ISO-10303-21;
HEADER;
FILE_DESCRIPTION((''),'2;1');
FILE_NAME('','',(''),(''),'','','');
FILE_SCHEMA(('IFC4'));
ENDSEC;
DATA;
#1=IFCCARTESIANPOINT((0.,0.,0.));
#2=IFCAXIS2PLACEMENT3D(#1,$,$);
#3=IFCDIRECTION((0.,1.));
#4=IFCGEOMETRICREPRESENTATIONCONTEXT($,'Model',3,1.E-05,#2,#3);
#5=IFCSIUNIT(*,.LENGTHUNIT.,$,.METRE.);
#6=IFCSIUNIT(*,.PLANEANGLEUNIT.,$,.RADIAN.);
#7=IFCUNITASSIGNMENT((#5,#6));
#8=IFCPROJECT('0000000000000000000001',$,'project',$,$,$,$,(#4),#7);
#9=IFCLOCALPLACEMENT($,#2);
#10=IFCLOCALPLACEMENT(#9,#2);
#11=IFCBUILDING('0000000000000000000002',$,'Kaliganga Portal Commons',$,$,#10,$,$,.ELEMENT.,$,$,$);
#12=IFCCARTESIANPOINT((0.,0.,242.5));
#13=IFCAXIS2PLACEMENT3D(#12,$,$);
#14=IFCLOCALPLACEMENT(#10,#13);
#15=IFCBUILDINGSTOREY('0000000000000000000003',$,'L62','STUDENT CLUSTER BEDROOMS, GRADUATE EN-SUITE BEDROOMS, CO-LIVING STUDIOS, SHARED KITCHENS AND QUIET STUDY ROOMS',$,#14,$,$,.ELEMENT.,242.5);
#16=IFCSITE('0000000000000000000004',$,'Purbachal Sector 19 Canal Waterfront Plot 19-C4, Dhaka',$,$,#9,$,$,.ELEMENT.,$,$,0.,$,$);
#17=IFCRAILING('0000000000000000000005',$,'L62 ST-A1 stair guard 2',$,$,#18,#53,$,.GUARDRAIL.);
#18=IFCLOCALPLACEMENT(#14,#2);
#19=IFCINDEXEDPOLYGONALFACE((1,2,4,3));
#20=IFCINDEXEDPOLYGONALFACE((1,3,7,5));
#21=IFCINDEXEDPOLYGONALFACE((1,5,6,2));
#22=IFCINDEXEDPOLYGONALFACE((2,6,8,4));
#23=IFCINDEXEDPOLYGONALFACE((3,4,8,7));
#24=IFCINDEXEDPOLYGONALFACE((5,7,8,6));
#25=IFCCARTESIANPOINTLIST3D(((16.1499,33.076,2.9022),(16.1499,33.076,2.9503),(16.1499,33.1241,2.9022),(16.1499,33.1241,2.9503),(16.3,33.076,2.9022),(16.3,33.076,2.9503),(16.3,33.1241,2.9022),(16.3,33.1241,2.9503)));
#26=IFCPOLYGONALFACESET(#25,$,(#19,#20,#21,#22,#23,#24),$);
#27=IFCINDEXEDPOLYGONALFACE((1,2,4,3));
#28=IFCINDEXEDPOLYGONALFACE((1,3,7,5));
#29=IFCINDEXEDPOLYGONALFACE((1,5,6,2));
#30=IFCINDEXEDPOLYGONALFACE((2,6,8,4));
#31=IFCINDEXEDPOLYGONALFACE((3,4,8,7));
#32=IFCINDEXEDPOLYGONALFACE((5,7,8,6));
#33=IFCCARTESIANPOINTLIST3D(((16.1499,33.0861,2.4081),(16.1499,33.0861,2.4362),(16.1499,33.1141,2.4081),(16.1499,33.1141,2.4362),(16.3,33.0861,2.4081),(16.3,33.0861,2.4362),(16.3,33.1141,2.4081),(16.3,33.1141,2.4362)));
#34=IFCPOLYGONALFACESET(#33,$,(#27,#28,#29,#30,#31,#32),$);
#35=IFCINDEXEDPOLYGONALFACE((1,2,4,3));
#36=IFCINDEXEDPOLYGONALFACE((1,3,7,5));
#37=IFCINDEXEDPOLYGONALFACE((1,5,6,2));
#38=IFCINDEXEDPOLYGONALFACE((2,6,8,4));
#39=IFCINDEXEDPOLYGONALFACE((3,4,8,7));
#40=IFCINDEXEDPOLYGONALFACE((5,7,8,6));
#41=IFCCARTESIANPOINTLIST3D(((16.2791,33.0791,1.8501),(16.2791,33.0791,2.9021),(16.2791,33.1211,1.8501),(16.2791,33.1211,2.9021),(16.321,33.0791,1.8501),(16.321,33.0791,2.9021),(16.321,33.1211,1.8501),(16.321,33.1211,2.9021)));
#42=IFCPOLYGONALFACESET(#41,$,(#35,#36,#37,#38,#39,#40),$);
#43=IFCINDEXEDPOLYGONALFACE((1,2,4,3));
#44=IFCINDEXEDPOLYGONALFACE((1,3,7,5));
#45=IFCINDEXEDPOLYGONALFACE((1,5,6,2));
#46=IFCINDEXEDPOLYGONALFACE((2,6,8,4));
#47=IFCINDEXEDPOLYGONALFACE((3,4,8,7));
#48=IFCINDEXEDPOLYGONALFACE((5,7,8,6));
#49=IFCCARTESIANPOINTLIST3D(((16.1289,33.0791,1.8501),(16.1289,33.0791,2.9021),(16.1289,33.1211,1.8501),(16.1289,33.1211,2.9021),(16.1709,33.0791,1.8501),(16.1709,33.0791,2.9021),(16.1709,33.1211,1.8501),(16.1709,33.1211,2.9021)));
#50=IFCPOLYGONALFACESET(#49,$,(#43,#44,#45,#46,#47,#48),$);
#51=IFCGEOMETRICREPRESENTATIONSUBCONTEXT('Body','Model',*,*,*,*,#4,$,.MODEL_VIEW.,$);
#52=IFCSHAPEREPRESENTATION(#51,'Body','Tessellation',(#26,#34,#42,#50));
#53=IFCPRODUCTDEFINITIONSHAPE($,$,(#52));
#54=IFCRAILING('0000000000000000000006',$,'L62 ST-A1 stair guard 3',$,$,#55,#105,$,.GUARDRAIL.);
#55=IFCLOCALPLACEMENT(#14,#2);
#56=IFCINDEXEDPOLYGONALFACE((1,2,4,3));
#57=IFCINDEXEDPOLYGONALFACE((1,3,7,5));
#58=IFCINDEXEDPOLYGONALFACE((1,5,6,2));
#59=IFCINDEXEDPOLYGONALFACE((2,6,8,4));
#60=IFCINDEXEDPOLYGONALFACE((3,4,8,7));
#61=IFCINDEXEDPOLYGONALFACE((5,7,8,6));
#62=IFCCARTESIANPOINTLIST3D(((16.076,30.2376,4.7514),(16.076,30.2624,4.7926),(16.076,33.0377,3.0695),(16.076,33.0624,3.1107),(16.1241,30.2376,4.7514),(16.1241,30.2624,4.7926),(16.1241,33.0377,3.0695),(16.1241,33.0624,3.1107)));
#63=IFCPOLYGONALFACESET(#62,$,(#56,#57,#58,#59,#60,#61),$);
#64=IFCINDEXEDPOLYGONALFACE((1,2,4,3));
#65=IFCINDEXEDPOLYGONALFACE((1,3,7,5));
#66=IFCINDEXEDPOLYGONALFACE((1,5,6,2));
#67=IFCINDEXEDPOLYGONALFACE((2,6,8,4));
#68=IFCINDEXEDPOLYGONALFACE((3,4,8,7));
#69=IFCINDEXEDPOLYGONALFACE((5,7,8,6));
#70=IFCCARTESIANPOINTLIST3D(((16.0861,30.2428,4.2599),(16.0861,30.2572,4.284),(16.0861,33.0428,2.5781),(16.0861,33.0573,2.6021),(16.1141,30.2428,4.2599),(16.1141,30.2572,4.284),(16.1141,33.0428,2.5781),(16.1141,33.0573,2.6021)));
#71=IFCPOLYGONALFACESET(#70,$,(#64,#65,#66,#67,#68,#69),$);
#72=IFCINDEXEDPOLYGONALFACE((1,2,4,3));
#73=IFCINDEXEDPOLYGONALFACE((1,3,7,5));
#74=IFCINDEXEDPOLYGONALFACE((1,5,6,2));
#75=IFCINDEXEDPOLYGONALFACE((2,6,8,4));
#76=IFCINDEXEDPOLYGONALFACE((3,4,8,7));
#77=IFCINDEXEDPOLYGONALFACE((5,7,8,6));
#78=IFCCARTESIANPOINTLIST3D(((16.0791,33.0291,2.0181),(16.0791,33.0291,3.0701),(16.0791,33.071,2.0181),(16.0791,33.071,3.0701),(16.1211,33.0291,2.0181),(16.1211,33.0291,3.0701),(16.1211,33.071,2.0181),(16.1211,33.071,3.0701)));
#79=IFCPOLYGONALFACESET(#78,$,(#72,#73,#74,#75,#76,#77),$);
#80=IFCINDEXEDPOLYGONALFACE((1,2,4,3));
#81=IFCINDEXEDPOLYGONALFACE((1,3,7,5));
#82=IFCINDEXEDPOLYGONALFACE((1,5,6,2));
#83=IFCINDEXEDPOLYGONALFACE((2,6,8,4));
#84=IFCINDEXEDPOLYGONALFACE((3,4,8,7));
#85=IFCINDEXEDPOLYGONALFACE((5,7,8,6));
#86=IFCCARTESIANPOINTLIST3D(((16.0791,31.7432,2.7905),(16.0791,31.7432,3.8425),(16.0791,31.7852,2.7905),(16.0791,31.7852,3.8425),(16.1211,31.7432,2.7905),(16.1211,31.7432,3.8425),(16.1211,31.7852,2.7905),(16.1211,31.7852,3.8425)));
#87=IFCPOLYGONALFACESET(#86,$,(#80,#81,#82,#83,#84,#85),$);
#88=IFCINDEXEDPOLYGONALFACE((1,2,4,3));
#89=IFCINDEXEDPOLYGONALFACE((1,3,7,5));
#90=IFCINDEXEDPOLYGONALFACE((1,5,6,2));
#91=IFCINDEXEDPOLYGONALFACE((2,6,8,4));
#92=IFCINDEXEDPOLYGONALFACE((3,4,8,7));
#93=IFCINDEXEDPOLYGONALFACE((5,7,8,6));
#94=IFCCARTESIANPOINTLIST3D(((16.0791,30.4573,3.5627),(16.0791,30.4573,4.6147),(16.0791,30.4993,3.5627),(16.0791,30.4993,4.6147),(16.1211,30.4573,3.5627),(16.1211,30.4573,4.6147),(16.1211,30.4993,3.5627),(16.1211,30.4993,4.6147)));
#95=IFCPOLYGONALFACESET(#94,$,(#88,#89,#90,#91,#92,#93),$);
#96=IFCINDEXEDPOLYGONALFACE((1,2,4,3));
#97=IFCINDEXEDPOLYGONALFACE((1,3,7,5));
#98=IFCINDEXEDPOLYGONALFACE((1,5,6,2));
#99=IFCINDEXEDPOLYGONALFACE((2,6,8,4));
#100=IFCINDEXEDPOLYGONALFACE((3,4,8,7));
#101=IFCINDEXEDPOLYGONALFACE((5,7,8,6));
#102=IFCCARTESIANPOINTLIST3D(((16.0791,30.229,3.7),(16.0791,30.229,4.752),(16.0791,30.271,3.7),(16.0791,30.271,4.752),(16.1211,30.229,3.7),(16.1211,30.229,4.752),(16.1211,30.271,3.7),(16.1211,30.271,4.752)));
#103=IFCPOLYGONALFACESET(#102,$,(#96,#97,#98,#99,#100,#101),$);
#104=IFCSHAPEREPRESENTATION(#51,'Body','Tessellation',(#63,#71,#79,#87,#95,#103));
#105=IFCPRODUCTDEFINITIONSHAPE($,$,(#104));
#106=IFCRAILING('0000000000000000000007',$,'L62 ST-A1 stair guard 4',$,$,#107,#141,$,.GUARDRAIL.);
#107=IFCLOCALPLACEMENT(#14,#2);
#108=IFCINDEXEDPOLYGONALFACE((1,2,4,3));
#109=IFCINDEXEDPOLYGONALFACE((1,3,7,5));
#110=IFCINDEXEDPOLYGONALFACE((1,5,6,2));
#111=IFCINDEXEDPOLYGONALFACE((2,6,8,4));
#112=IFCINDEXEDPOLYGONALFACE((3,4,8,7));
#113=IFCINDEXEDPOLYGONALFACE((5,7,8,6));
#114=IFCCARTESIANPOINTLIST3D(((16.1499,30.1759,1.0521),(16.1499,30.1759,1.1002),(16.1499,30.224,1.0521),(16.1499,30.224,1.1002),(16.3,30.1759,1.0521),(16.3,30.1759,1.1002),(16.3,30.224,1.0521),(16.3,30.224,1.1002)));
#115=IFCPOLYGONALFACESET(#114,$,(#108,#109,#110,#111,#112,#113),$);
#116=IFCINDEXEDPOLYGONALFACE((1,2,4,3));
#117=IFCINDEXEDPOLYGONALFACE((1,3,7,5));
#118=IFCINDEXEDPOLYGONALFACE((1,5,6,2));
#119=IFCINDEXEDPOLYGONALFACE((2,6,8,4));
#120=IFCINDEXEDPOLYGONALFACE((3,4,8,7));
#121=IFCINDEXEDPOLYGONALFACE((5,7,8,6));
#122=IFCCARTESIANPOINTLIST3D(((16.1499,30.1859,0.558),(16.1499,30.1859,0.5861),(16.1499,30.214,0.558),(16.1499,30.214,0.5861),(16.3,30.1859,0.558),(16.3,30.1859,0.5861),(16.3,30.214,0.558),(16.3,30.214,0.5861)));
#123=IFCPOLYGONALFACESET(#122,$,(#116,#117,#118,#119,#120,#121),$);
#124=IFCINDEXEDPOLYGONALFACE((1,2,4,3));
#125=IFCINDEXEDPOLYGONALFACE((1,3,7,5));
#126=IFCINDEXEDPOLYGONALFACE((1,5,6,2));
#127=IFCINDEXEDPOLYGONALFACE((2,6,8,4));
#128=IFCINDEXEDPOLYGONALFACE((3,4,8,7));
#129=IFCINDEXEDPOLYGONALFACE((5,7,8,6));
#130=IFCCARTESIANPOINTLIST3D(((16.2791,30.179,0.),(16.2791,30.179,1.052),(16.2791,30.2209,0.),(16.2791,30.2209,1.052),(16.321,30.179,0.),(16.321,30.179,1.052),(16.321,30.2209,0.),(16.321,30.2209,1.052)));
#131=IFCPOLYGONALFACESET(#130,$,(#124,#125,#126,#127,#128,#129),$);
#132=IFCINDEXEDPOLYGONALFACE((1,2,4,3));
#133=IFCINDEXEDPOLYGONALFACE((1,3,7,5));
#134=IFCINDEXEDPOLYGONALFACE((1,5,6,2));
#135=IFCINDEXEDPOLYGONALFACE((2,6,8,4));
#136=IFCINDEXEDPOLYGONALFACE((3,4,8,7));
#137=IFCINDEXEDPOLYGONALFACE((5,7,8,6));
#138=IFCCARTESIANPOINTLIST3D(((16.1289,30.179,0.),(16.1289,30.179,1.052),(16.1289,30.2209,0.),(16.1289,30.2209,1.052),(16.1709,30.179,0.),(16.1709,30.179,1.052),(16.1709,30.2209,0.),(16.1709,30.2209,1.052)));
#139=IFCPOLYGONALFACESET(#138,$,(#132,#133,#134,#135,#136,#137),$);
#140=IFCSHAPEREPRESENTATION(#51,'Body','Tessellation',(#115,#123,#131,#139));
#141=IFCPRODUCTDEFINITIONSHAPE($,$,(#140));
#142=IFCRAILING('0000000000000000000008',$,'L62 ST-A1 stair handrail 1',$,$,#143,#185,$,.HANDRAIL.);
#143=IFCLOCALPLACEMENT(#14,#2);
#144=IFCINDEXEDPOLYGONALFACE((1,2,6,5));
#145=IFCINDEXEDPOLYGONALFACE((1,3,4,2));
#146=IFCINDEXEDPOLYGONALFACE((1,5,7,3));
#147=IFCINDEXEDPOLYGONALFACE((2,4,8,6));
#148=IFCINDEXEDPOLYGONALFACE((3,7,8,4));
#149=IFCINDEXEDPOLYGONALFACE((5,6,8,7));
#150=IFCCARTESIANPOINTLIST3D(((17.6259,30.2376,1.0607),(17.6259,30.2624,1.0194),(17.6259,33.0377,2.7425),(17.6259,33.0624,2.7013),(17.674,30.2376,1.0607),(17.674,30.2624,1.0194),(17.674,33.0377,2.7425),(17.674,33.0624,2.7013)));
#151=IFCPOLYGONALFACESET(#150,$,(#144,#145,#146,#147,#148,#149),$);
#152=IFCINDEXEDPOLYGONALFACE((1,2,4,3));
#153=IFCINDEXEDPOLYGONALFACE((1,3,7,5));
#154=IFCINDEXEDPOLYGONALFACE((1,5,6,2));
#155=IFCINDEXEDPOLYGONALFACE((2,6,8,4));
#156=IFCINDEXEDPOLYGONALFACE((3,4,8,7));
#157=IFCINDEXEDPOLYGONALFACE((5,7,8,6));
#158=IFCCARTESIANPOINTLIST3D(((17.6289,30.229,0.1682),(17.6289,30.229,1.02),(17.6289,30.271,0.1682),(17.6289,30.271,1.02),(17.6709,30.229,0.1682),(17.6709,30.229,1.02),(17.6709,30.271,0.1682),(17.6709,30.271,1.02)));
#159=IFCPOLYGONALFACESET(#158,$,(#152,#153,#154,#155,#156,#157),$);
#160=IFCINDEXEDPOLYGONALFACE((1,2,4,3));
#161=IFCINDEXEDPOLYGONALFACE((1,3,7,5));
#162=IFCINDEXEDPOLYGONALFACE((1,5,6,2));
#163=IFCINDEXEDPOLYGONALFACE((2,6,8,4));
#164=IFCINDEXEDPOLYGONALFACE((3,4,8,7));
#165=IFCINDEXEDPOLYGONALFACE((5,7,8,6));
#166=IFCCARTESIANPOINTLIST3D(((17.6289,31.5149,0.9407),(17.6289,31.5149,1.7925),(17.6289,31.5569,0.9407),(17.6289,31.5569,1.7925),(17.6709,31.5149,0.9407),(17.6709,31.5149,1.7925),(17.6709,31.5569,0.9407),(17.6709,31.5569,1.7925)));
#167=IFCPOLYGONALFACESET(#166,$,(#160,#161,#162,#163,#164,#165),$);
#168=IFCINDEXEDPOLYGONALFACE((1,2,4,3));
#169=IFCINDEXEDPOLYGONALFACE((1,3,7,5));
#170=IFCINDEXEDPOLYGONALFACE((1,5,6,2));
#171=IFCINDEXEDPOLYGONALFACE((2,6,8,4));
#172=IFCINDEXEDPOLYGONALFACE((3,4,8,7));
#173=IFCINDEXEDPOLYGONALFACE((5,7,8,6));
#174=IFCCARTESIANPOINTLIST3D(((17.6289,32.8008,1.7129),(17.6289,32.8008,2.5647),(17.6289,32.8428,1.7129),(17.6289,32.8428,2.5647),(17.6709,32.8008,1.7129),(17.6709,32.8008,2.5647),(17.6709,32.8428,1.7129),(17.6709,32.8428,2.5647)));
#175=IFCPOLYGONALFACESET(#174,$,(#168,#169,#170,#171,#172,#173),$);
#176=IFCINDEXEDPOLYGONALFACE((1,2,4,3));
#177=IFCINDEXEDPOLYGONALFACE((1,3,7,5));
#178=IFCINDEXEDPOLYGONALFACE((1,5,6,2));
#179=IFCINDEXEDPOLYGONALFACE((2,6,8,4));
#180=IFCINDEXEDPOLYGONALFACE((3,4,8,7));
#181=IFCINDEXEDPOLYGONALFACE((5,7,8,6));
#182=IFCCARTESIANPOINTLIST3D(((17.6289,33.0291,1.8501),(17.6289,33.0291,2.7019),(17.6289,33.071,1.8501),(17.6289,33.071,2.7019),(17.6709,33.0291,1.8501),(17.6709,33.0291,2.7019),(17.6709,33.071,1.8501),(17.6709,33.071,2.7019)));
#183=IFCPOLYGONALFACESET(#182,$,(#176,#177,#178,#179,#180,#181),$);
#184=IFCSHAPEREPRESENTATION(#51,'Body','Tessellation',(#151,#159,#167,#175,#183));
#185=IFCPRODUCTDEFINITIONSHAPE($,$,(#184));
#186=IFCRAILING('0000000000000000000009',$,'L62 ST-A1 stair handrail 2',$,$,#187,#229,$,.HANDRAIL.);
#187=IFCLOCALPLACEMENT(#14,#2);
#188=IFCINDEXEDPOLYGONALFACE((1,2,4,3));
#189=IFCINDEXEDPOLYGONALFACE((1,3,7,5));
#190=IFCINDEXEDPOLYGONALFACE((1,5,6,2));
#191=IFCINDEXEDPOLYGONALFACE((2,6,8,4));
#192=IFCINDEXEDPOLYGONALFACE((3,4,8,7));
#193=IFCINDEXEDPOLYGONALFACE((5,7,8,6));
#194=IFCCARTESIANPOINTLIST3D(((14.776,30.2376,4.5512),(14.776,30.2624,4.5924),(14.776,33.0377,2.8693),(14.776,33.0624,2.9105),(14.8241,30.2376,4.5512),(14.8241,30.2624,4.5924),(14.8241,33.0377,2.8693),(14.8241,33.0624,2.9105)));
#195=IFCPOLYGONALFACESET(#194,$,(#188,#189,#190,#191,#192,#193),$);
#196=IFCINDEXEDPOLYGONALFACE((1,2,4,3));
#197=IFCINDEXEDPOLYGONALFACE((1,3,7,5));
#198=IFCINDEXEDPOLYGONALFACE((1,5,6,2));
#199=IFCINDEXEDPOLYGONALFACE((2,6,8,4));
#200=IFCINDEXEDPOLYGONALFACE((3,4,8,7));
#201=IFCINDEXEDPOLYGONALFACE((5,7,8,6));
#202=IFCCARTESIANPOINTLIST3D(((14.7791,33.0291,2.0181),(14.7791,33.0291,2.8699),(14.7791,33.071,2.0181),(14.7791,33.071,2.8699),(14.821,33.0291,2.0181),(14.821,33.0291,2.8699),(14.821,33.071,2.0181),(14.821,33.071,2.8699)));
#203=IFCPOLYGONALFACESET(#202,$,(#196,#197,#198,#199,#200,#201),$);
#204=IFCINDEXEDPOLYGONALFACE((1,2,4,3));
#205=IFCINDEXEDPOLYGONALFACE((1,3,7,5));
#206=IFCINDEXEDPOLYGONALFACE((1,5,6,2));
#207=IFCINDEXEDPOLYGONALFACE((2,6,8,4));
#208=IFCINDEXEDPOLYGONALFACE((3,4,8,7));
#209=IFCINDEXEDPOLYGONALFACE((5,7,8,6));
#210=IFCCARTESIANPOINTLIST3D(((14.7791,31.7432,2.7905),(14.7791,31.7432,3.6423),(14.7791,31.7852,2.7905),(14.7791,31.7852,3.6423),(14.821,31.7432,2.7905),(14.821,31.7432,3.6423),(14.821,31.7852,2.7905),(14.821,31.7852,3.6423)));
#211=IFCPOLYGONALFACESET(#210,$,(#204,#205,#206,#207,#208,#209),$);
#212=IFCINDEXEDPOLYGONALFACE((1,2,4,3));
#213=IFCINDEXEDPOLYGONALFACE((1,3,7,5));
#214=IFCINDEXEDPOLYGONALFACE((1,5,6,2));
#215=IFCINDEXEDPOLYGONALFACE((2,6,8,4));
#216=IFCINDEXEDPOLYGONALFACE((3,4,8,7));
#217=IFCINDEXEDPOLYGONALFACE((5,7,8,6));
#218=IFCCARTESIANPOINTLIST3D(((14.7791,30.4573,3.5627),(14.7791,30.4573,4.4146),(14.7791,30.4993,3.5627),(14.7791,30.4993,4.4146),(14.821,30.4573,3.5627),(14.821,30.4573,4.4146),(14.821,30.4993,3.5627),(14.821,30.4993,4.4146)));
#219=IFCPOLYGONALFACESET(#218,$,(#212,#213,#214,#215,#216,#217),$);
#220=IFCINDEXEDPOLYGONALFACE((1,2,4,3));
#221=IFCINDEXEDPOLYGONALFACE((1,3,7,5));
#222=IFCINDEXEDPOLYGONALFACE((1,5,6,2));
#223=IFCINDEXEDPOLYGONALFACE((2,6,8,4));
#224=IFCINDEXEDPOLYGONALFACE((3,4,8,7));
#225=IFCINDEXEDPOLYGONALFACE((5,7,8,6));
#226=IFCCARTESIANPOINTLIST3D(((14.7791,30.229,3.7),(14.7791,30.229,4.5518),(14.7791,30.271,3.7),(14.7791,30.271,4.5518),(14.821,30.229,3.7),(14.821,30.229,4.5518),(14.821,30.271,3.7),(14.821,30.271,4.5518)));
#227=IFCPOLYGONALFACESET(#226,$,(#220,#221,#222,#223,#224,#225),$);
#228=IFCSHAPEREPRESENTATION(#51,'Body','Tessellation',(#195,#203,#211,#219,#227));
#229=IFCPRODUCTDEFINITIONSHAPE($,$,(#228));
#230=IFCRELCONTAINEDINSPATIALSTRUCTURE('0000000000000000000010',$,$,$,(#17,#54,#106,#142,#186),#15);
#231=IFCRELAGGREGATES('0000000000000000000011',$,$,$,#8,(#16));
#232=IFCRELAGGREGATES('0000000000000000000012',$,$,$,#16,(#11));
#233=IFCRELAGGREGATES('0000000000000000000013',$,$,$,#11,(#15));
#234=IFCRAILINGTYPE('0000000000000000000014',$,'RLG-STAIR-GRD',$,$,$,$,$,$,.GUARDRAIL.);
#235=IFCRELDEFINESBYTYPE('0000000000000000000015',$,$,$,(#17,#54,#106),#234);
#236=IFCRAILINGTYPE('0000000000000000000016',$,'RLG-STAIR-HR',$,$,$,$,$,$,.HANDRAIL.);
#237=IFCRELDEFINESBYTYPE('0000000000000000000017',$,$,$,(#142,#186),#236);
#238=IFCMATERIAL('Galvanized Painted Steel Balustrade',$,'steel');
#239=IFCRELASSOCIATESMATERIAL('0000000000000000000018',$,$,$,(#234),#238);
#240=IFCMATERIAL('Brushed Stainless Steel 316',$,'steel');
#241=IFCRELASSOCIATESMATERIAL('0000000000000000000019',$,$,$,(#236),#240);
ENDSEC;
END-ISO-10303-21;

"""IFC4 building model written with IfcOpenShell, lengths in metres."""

from ifc_helpers import new_model, si_unit, direction, frame, origin, origin_2d, place, context, subcontext, project, spatial, rectangle, extrude, material, type_object, element, save


model = new_model("IFC4")

# Units and contexts
model_context = context("Model", 3, precision=1e-05, world=origin(), true_north=direction((0.0, 1.0)))
body_context = subcontext(model_context, "Body", "Model", "MODEL_VIEW")
ifc_project = project(units=[si_unit("LENGTHUNIT", "METRE"), si_unit("PLANEANGLEUNIT", "RADIAN")], contexts=[model_context])

# Site, building, storey
site_placement = place(None, origin())
site = spatial("IfcSite", under=ifc_project, at=site_placement, Name="Purbachal Sector 19 Canal Waterfront Plot 19-C4, Dhaka", CompositionType="ELEMENT", RefElevation=0.0)
building_placement = place(site_placement, origin())
building = spatial("IfcBuilding", under=site, at=building_placement, Name="Kaliganga Portal Commons", CompositionType="ELEMENT")
storey_placement = place(building_placement, frame((0.0, 0.0, 242.5)))
storey = spatial("IfcBuildingStorey", under=building, at=storey_placement, Name="L62", Description="STUDENT CLUSTER BEDROOMS, GRADUATE EN-SUITE BEDROOMS, CO-LIVING STUDIOS, SHARED KITCHENS AND QUIET STUDY ROOMS", CompositionType="ELEMENT", Elevation=242.5)

# Railings
ifc_material_1 = material(Name="Galvanized Painted Steel Balustrade", Category="steel")
railing_type_1 = type_object("IfcRailingType", Name="RLG-STAIR-GRD", PredefinedType="GUARDRAIL", material=ifc_material_1)
railing_1_placement = place(storey_placement, frame((16.3, 33.1001, 1.8501)))
element("IfcRailing", 1, at=railing_1_placement, inside=storey, type_object=railing_type_1, Name="L62 ST-A1 stair guard 2", PredefinedType="GUARDRAIL", context=body_context, shape_type="SweptSolid", body=[
    extrude(rectangle(XDim=0.0481, YDim=0.0481, at=origin_2d()), frame((0.0, 0.0, 1.0762), z_axis=(-1.0, 0.0, 0.0), x_axis=(0.0, -1.0, 0.0)), (0.0, 0.0, 1.0), 0.1501),
    extrude(rectangle(XDim=0.0281, YDim=0.0281, at=origin_2d()), frame((0.0, 0.0, 0.572), z_axis=(-1.0, 0.0, 0.0), x_axis=(0.0, -1.0, 0.0)), (0.0, 0.0, 1.0), 0.1501),
    extrude(rectangle(XDim=0.042, YDim=0.042, at=origin_2d()), origin(), (0.0, 0.0, 1.0), 1.052),
    extrude(rectangle(XDim=0.042, YDim=0.042, at=origin_2d()), frame((-0.1501, 0.0, 0.0)), (0.0, 0.0, 1.0), 1.052),
])
railing_2_placement = place(storey_placement, frame((16.1001, 33.05, 2.0181)))
element("IfcRailing", 2, at=railing_2_placement, inside=storey, type_object=railing_type_1, Name="L62 ST-A1 stair guard 3", PredefinedType="GUARDRAIL", context=body_context, shape_type="SweptSolid", body=[
    extrude(rectangle(XDim=0.0481, YDim=0.0481, at=origin_2d()), frame((0.0, 0.0, 1.072), z_axis=(0.0, -0.857242, 0.514913), x_axis=(1.0, 0.0, 0.0)), (0.0, 0.0, 1.0), 3.2664),
    extrude(rectangle(XDim=0.0281, YDim=0.0281, at=origin_2d()), frame((0.0, 0.0, 0.572), z_axis=(0.0, -0.857242, 0.514913), x_axis=(1.0, 0.0, 0.0)), (0.0, 0.0, 1.0), 3.2664),
    extrude(rectangle(XDim=0.042, YDim=0.042, at=origin_2d()), origin(), (0.0, 0.0, 1.0), 1.052),
    extrude(rectangle(XDim=0.042, YDim=0.042, at=origin_2d()), frame((0.0, -1.2859, 0.7725)), (0.0, 0.0, 1.0), 1.052),
    extrude(rectangle(XDim=0.042, YDim=0.042, at=origin_2d()), frame((0.0, -2.5718, 1.5447)), (0.0, 0.0, 1.0), 1.052),
    extrude(rectangle(XDim=0.042, YDim=0.042, at=origin_2d()), frame((0.0, -2.8, 1.6819)), (0.0, 0.0, 1.0), 1.052),
])
railing_3_placement = place(storey_placement, frame((16.3, 30.2, 0.0)))
element("IfcRailing", 3, at=railing_3_placement, inside=storey, type_object=railing_type_1, Name="L62 ST-A1 stair guard 4", PredefinedType="GUARDRAIL", context=body_context, shape_type="SweptSolid", body=[
    extrude(rectangle(XDim=0.0481, YDim=0.0481, at=origin_2d()), frame((0.0, 0.0, 1.0762), z_axis=(-1.0, 0.0, 0.0), x_axis=(0.0, -1.0, 0.0)), (0.0, 0.0, 1.0), 0.1501),
    extrude(rectangle(XDim=0.0281, YDim=0.0281, at=origin_2d()), frame((0.0, 0.0, 0.572), z_axis=(-1.0, 0.0, 0.0), x_axis=(0.0, -1.0, 0.0)), (0.0, 0.0, 1.0), 0.1501),
    extrude(rectangle(XDim=0.042, YDim=0.042, at=origin_2d()), origin(), (0.0, 0.0, 1.0), 1.052),
    extrude(rectangle(XDim=0.042, YDim=0.042, at=origin_2d()), frame((-0.1501, 0.0, 0.0)), (0.0, 0.0, 1.0), 1.052),
])
ifc_material_2 = material(Name="Brushed Stainless Steel 316", Category="steel")
railing_type_2 = type_object("IfcRailingType", Name="RLG-STAIR-HR", PredefinedType="HANDRAIL", material=ifc_material_2)
railing_4_placement = place(storey_placement, frame((17.6499, 30.25, 0.1682)))
element("IfcRailing", 4, at=railing_4_placement, inside=storey, type_object=railing_type_2, Name="L62 ST-A1 stair handrail 1", PredefinedType="HANDRAIL", context=body_context, shape_type="SweptSolid", body=[
    extrude(rectangle(XDim=0.0481, YDim=0.0481, at=origin_2d()), frame((0.0, 0.0, 0.8718), z_axis=(0.0, 0.857242, 0.514913), x_axis=(-1.0, 0.0, 0.0)), (0.0, 0.0, 1.0), 3.2664),
    extrude(rectangle(XDim=0.042, YDim=0.042, at=origin_2d()), origin(), (0.0, 0.0, 1.0), 0.8518),
    extrude(rectangle(XDim=0.042, YDim=0.042, at=origin_2d()), frame((0.0, 1.2859, 0.7725)), (0.0, 0.0, 1.0), 0.8518),
    extrude(rectangle(XDim=0.042, YDim=0.042, at=origin_2d()), frame((0.0, 2.5718, 1.5447)), (0.0, 0.0, 1.0), 0.8518),
    extrude(rectangle(XDim=0.042, YDim=0.042, at=origin_2d()), frame((0.0, 2.8, 1.6819)), (0.0, 0.0, 1.0), 0.8518),
])
railing_5_placement = place(storey_placement, frame((14.8, 33.05, 2.0181)))
element("IfcRailing", 5, at=railing_5_placement, inside=storey, type_object=railing_type_2, Name="L62 ST-A1 stair handrail 2", PredefinedType="HANDRAIL", context=body_context, shape_type="SweptSolid", body=[
    extrude(rectangle(XDim=0.0481, YDim=0.0481, at=origin_2d()), frame((0.0, 0.0, 0.8718), z_axis=(0.0, -0.857242, 0.514913), x_axis=(1.0, 0.0, 0.0)), (0.0, 0.0, 1.0), 3.2664),
    extrude(rectangle(XDim=0.042, YDim=0.042, at=origin_2d()), origin(), (0.0, 0.0, 1.0), 0.8518),
    extrude(rectangle(XDim=0.042, YDim=0.042, at=origin_2d()), frame((0.0, -1.2859, 0.7725)), (0.0, 0.0, 1.0), 0.8518),
    extrude(rectangle(XDim=0.042, YDim=0.042, at=origin_2d()), frame((0.0, -2.5718, 1.5447)), (0.0, 0.0, 1.0), 0.8518),
    extrude(rectangle(XDim=0.042, YDim=0.042, at=origin_2d()), frame((0.0, -2.8, 1.6819)), (0.0, 0.0, 1.0), 0.8518),
])

save(model, "model.ifc")
